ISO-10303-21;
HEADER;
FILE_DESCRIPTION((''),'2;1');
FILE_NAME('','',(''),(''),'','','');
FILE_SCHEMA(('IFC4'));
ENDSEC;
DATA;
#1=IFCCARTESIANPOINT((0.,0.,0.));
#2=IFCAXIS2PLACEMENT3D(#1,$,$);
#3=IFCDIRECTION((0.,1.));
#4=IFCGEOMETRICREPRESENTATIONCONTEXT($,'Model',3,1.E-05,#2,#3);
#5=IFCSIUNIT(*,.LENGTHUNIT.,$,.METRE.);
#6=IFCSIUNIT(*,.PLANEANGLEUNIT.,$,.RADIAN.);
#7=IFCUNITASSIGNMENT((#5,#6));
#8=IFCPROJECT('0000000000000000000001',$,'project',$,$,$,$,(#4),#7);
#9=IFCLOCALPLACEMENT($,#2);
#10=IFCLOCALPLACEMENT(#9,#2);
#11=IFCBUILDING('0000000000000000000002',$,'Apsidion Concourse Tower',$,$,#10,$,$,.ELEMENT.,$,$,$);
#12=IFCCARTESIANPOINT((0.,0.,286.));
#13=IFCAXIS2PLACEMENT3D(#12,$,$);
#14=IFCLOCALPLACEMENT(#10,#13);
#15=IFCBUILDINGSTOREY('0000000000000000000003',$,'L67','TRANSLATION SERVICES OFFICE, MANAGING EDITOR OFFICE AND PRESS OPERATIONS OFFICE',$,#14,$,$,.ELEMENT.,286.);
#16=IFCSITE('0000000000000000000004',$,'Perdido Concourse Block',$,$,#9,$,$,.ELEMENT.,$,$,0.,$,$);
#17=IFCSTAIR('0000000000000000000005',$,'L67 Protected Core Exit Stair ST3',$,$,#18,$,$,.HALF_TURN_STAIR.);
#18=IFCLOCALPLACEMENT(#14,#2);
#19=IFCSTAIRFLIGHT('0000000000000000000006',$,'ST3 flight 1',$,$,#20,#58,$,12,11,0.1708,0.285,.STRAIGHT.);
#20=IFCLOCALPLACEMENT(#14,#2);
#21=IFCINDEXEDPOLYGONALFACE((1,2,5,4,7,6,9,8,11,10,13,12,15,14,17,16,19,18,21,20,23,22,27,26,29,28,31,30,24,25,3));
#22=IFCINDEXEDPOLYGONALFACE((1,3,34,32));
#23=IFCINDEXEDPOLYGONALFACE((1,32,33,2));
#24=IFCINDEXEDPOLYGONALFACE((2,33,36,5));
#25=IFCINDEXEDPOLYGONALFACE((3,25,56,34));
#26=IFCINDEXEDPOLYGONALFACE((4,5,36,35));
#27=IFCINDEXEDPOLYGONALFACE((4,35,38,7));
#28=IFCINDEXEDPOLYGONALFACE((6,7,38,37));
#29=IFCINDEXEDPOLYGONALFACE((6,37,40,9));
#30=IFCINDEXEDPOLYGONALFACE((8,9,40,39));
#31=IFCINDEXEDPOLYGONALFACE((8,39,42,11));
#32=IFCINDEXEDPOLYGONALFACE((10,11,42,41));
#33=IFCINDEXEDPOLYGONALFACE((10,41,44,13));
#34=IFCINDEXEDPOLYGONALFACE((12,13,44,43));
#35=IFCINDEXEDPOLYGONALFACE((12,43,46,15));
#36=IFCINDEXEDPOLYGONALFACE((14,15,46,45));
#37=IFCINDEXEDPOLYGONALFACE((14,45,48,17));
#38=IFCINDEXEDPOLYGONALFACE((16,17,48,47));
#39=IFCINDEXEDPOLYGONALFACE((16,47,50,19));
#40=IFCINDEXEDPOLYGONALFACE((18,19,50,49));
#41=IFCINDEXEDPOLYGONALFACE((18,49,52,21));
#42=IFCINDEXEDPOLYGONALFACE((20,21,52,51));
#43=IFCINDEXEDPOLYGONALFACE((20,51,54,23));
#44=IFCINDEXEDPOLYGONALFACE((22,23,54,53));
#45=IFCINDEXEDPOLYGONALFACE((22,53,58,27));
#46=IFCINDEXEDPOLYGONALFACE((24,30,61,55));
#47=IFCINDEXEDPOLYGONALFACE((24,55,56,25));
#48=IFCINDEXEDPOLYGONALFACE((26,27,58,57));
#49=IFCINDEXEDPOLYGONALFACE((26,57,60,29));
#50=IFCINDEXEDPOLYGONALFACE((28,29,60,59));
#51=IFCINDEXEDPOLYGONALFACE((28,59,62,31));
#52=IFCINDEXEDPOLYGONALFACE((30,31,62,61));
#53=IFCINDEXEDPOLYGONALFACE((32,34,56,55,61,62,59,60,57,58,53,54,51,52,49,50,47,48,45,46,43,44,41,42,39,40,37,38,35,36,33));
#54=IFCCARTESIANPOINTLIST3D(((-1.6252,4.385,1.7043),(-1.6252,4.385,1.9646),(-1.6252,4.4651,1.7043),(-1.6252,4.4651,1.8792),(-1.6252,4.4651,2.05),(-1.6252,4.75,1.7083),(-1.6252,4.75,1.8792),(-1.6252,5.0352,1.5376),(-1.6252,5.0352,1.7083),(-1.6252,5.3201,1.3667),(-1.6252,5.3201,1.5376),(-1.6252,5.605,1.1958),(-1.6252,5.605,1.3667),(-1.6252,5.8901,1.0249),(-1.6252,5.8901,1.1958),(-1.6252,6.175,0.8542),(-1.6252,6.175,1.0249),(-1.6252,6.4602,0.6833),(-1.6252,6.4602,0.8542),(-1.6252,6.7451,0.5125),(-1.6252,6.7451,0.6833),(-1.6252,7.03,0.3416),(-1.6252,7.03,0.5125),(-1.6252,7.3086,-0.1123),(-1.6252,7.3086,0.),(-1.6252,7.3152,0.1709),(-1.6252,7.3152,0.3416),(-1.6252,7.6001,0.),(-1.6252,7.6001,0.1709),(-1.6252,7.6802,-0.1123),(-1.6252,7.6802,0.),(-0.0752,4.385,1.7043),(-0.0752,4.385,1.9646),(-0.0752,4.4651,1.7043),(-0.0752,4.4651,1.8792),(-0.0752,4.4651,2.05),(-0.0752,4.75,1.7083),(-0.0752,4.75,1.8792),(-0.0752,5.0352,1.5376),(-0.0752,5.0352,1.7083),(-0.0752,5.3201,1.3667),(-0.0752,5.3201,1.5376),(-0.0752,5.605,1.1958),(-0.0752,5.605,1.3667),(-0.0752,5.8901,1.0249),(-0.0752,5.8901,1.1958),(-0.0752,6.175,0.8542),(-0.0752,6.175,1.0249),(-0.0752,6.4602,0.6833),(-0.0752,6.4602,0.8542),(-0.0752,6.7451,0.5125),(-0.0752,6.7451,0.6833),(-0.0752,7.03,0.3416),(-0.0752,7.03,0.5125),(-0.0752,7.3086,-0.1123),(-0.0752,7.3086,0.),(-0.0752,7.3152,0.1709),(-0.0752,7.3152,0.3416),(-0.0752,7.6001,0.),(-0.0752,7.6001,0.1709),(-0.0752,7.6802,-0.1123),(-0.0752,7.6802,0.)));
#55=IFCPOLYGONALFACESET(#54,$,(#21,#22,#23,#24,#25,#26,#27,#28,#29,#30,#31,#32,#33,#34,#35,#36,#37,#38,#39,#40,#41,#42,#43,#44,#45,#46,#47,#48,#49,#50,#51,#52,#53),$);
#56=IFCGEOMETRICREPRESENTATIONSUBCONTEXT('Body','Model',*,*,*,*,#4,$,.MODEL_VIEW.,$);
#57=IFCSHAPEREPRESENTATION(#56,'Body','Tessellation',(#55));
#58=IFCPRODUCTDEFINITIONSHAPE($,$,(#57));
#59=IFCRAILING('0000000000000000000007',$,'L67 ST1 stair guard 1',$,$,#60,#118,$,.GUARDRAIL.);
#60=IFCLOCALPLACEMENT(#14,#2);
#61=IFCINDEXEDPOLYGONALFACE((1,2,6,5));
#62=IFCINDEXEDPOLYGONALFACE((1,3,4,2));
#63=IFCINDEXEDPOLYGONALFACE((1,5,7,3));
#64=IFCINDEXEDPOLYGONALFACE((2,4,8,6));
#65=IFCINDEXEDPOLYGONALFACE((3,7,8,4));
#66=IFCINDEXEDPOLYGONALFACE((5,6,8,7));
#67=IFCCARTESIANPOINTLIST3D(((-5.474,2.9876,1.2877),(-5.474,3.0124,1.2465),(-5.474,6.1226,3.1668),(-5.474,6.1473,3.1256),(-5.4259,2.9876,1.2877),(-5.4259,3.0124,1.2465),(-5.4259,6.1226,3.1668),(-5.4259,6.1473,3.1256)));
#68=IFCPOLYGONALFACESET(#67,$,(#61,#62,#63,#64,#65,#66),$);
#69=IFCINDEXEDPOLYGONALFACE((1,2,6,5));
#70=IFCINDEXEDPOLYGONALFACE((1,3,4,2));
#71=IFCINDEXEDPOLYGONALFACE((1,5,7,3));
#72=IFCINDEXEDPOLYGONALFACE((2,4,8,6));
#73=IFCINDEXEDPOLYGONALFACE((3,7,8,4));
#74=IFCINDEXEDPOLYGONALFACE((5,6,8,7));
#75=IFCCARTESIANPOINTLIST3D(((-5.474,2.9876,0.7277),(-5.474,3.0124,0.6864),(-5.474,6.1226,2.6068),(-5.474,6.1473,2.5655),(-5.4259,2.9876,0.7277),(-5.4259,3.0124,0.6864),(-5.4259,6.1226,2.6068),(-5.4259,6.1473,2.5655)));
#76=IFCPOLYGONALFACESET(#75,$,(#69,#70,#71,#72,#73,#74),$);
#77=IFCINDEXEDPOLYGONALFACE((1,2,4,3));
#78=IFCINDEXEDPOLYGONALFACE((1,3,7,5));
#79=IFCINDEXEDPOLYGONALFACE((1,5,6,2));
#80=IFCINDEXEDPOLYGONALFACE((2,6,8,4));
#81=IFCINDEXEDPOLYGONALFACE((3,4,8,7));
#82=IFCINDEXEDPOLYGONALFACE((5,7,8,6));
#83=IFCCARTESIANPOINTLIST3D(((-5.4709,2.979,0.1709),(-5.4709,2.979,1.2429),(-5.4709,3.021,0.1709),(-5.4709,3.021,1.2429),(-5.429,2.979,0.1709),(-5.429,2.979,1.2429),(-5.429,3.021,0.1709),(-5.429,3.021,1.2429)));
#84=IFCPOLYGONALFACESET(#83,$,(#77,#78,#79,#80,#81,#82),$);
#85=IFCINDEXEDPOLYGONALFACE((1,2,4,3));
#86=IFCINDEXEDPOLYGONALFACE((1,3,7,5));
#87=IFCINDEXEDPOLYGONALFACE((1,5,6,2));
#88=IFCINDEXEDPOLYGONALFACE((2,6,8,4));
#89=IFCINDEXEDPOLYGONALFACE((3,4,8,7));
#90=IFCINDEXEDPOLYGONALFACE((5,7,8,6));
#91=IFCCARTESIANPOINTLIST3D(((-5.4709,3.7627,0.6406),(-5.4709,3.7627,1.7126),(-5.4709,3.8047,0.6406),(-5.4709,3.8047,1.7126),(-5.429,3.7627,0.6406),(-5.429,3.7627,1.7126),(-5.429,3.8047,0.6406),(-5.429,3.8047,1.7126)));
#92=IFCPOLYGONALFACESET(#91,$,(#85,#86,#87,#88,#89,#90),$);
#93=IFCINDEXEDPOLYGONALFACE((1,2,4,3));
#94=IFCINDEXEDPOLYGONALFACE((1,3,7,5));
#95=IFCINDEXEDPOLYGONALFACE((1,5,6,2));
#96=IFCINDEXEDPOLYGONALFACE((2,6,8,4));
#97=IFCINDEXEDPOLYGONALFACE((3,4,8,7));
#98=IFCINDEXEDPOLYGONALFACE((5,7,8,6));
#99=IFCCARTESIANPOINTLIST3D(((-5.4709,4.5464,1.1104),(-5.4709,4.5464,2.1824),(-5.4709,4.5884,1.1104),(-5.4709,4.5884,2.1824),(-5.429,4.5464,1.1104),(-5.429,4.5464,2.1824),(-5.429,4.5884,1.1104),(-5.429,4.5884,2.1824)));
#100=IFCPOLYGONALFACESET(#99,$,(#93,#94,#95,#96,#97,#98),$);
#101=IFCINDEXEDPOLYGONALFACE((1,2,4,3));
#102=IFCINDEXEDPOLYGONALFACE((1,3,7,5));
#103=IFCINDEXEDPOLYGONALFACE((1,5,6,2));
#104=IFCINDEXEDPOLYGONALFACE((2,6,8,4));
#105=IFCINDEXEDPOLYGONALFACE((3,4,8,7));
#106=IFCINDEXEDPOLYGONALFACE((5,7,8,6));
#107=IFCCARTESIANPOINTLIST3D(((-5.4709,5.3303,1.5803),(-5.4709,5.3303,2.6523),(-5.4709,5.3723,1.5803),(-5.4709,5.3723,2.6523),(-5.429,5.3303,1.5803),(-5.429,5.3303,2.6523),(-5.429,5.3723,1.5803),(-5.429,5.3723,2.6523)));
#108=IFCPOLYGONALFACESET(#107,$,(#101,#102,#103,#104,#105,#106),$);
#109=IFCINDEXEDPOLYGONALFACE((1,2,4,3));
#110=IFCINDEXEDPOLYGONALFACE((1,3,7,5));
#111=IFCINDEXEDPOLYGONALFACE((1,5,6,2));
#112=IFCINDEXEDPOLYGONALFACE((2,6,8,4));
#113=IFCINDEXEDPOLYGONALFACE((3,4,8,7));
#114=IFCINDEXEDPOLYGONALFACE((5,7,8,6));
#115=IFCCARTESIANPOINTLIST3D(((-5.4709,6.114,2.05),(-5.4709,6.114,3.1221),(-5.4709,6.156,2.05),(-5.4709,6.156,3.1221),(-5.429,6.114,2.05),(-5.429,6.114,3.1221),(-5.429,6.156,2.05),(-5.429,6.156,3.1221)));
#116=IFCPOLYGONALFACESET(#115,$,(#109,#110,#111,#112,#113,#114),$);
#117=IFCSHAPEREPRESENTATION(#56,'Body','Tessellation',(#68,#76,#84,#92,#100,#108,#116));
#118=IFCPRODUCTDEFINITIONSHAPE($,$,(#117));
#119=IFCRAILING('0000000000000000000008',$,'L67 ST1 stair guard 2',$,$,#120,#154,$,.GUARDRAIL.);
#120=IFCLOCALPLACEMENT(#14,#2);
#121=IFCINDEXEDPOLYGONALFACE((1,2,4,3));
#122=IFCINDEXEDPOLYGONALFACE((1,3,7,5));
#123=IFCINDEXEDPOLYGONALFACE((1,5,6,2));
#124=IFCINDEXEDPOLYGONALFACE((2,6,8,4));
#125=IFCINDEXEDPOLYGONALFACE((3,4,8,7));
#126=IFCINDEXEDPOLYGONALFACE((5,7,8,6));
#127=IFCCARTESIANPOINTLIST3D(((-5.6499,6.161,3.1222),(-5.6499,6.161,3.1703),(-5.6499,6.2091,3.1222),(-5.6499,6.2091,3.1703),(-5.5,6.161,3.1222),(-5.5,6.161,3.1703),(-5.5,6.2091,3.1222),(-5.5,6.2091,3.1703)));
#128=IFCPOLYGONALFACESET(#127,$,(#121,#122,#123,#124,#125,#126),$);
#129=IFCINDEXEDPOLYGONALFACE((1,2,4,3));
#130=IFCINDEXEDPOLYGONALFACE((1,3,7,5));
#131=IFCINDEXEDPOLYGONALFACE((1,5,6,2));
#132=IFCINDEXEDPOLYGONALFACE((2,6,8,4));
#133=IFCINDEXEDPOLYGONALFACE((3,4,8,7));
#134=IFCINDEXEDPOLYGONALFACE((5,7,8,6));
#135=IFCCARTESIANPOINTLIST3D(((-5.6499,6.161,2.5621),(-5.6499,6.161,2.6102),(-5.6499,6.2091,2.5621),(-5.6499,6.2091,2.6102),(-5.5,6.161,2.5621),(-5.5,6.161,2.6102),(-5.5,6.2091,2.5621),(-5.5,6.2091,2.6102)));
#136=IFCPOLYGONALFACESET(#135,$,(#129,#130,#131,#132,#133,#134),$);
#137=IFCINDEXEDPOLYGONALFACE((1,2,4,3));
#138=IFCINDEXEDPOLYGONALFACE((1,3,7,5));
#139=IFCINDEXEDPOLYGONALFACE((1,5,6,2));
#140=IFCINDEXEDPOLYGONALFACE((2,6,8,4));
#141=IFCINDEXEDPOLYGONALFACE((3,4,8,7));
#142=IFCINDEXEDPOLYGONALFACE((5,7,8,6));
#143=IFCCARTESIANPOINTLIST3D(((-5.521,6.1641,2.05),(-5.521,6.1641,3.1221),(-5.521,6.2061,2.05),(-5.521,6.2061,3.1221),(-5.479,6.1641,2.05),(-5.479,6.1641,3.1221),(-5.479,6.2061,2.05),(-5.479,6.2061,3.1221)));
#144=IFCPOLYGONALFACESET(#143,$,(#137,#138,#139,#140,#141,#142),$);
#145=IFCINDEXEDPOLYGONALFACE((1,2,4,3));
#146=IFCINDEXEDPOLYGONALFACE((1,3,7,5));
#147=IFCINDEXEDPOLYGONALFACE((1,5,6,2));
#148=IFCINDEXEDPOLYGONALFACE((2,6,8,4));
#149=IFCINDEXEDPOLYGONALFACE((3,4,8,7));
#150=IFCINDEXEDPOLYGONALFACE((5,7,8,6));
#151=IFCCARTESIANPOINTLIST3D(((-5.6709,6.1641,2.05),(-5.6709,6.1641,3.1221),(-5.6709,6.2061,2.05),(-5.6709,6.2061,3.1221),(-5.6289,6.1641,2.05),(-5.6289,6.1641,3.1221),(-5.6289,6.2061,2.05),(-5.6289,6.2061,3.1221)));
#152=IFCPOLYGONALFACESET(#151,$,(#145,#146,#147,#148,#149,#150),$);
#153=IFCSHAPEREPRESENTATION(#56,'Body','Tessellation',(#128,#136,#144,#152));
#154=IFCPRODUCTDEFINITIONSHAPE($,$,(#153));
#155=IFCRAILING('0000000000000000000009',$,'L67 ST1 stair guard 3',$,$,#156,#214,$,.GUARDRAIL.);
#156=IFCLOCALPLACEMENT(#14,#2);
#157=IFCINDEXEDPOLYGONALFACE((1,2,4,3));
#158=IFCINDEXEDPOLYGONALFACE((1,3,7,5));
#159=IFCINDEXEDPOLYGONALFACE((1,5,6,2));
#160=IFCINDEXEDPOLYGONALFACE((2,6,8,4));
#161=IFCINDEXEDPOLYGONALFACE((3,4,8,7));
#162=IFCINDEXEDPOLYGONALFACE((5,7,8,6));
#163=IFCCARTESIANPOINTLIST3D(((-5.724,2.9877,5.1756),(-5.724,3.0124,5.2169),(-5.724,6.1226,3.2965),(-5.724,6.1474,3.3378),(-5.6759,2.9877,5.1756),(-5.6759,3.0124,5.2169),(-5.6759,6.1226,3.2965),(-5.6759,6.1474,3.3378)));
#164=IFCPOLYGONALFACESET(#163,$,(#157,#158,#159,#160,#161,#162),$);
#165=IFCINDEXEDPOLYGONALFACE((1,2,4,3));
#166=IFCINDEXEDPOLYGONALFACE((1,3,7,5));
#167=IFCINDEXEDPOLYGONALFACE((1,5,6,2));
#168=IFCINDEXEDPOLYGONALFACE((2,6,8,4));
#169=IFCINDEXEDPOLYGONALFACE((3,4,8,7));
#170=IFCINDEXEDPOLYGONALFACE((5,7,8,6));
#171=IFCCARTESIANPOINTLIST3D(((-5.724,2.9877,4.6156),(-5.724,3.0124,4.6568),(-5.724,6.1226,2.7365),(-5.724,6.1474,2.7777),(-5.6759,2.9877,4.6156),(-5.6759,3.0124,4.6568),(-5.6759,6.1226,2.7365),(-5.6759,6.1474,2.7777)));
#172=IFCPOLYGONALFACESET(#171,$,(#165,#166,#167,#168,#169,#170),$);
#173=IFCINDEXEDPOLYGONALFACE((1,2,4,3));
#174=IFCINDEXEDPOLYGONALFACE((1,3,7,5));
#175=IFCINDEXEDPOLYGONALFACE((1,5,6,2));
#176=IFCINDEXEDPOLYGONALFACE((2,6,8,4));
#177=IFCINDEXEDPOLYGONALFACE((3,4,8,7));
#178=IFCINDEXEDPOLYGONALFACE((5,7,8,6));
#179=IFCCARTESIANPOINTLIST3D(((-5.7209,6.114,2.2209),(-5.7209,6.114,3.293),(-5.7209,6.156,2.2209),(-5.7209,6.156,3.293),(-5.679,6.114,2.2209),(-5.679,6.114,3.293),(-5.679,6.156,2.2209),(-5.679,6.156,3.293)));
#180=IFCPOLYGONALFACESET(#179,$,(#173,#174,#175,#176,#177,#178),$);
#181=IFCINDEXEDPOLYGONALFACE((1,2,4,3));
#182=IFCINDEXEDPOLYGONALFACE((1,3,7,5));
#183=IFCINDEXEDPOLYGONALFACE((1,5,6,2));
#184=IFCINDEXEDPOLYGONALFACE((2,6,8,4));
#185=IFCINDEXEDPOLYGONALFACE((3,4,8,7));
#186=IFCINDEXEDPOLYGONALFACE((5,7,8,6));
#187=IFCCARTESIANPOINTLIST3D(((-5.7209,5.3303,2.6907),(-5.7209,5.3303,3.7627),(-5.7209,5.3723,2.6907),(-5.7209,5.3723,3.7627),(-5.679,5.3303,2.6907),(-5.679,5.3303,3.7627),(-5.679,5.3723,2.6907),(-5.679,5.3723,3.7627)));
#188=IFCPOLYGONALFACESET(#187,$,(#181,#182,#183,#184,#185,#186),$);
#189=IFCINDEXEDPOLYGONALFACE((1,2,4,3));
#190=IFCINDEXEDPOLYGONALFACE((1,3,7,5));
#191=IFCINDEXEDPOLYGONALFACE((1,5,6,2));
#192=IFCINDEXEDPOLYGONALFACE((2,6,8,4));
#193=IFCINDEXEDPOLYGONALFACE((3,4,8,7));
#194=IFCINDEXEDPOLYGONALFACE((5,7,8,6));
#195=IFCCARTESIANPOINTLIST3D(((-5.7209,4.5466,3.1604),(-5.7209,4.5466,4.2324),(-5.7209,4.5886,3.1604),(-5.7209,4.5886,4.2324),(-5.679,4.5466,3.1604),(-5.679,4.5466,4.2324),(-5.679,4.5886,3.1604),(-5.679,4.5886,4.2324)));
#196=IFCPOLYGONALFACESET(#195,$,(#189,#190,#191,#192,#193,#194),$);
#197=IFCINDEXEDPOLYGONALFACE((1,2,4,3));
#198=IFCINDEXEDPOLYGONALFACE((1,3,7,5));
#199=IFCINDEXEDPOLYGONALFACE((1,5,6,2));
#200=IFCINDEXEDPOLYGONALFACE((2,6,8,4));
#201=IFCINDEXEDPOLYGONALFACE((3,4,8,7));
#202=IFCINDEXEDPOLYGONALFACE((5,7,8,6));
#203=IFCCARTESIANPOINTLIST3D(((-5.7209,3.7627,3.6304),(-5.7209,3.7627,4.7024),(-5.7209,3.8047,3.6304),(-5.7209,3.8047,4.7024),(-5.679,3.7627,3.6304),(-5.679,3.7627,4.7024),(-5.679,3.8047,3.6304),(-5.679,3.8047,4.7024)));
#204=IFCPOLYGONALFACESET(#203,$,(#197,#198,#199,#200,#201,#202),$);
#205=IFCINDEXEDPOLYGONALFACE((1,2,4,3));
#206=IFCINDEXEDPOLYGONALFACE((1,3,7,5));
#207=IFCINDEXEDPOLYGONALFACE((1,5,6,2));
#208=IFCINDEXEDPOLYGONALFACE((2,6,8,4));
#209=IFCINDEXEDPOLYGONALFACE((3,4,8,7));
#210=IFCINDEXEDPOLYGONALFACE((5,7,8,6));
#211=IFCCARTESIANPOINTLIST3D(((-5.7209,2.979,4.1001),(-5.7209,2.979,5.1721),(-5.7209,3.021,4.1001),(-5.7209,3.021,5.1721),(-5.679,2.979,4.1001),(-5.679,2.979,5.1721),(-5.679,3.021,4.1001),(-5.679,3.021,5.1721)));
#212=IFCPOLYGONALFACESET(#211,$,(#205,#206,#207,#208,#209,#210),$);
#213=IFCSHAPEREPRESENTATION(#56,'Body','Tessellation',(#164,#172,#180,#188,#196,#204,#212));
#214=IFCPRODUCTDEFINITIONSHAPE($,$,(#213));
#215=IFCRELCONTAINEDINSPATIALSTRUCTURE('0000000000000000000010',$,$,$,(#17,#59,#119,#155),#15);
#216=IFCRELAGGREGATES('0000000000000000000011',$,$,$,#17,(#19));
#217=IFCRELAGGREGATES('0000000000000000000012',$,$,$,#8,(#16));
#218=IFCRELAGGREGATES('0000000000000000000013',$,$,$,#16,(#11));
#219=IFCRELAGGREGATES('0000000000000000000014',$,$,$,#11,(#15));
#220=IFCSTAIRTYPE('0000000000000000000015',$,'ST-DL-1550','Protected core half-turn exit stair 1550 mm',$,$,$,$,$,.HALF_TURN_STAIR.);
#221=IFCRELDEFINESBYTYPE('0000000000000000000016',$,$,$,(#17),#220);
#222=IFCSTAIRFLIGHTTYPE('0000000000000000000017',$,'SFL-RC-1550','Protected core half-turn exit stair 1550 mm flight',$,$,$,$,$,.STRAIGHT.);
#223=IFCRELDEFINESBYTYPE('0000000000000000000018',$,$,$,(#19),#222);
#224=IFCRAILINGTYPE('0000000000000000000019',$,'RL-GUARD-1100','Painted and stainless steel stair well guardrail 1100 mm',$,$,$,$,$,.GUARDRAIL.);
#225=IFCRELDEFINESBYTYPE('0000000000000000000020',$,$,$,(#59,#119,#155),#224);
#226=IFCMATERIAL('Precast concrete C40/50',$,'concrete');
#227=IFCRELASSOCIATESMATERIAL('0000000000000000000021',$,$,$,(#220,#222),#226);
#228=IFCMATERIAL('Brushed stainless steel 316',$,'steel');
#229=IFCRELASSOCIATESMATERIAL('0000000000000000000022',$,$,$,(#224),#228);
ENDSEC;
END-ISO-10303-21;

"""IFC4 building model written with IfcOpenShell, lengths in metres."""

from ifc_helpers import new_model, si_unit, direction, frame, origin, origin_2d, place, context, subcontext, project, spatial, polyline, rectangle, outline, extrude, material, type_object, element, aggregate, save


model = new_model("IFC4")

# Units and contexts
model_context = context("Model", 3, precision=1e-05, world=origin(), true_north=direction((0.0, 1.0)))
body_context = subcontext(model_context, "Body", "Model", "MODEL_VIEW")
ifc_project = project(units=[si_unit("LENGTHUNIT", "METRE"), si_unit("PLANEANGLEUNIT", "RADIAN")], contexts=[model_context])

# Site, building, storey
site_placement = place(None, origin())
site = spatial("IfcSite", under=ifc_project, at=site_placement, Name="Perdido Concourse Block", CompositionType="ELEMENT", RefElevation=0.0)
building_placement = place(site_placement, origin())
building = spatial("IfcBuilding", under=site, at=building_placement, Name="Apsidion Concourse Tower", CompositionType="ELEMENT")
storey_placement = place(building_placement, frame((0.0, 0.0, 286.0)))
storey = spatial("IfcBuildingStorey", under=building, at=storey_placement, Name="L67", Description="TRANSLATION SERVICES OFFICE, MANAGING EDITOR OFFICE AND PRESS OPERATIONS OFFICE", CompositionType="ELEMENT", Elevation=286.0)

# Shared definitions
ifc_material_1 = material(Name="Brushed stainless steel 316", Category="steel")

# Shared definitions
ifc_material_2 = material(Name="Precast concrete C40/50", Category="concrete")
stair_type = type_object("IfcStairType", Name="ST-DL-1550", Description="Protected core half-turn exit stair 1550 mm", PredefinedType="HALF_TURN_STAIR", material=ifc_material_2)
stair_flight_type = type_object("IfcStairFlightType", Name="SFL-RC-1550", Description="Protected core half-turn exit stair 1550 mm flight", PredefinedType="STRAIGHT", material=ifc_material_2)

# Stair, stair flight
stair_1_placement = place(storey_placement, origin())
stair_1 = element("IfcStair", 1, at=stair_1_placement, inside=storey, type_object=stair_type, Name="L67 Protected Core Exit Stair ST3", PredefinedType="HALF_TURN_STAIR")
stair_flight_1_placement = place(storey_placement, frame((-0.8501, 7.6001, 0.0), z_axis=(0.0, 0.0, 1.0), x_axis=(0.0, -1.0, 0.0)))
stair_flight_1 = element("IfcStairFlight", 2, at=stair_flight_1_placement, type_object=stair_flight_type, Name="ST3 flight 1", NumberOfRisers=12, NumberOfTreads=11, PredefinedType="STRAIGHT", RiserHeight=0.1708, TreadLength=0.285, context=body_context, shape_type="SweptSolid", body=[
    extrude(outline(polyline([(-0.0801, -0.1123), (-0.0801, 0.0), (0.0, 0.0), (0.0, 0.1709), (0.2849, 0.1709), (0.2849, 0.3416), (0.5701, 0.3416), (0.5701, 0.5125), (0.855, 0.5125), (0.855, 0.6833), (1.1399, 0.6833), (1.1399, 0.8542), (1.425, 0.8542), (1.425, 1.0249), (1.71, 1.0249), (1.71, 1.1958), (1.9951, 1.1958), (1.9951, 1.3667), (2.28, 1.3667), (2.28, 1.5376), (2.5649, 1.5376), (2.5649, 1.7083), (2.8501, 1.7083), (2.8501, 1.8792), (3.135, 1.8792), (3.135, 2.05), (3.2151, 1.9646), (3.2151, 1.7043), (3.135, 1.7043), (0.2915, 0.0), (0.2915, -0.1123), (-0.0801, -0.1123)])), frame((0.0, 0.7749, 0.0), z_axis=(0.0, -1.0, 0.0), x_axis=(1.0, 0.0, 0.0)), (0.0, 0.0, 1.0), 1.55),
])
aggregate(stair_1, [stair_flight_1])

# Railings
railing_type_1 = type_object("IfcRailingType", Name="RL-GUARD-1100", Description="Painted and stainless steel stair well guardrail 1100 mm", PredefinedType="GUARDRAIL", material=ifc_material_1)
railing_1_placement = place(storey_placement, frame((-5.45, 3.0, 0.1709)))
element("IfcRailing", 3, at=railing_1_placement, inside=storey, type_object=railing_type_1, Name="L67 ST1 stair guard 1", PredefinedType="GUARDRAIL", context=body_context, shape_type="SweptSolid", body=[
    extrude(rectangle(XDim=0.0481, YDim=0.0481, at=origin_2d()), frame((0.0, 0.0, 1.0962), z_axis=(0.0, 0.857717, 0.514122), x_axis=(-1.0, 0.0, 0.0)), (0.0, 0.0, 1.0), 3.655),
    extrude(rectangle(XDim=0.0481, YDim=0.0481, at=origin_2d()), frame((0.0, 0.0, 0.5361), z_axis=(0.0, 0.857717, 0.514122), x_axis=(-1.0, 0.0, 0.0)), (0.0, 0.0, 1.0), 3.655),
    extrude(rectangle(XDim=0.042, YDim=0.042, at=origin_2d()), origin(), (0.0, 0.0, 1.0), 1.072),
    extrude(rectangle(XDim=0.042, YDim=0.042, at=origin_2d()), frame((0.0, 0.7837, 0.4697)), (0.0, 0.0, 1.0), 1.072),
    extrude(rectangle(XDim=0.042, YDim=0.042, at=origin_2d()), frame((0.0, 1.5674, 0.9395)), (0.0, 0.0, 1.0), 1.072),
    extrude(rectangle(XDim=0.042, YDim=0.042, at=origin_2d()), frame((0.0, 2.3513, 1.4094)), (0.0, 0.0, 1.0), 1.072),
    extrude(rectangle(XDim=0.042, YDim=0.042, at=origin_2d()), frame((0.0, 3.135, 1.8792)), (0.0, 0.0, 1.0), 1.072),
])
railing_2_placement = place(storey_placement, frame((-5.5, 6.1851, 2.05)))
element("IfcRailing", 4, at=railing_2_placement, inside=storey, type_object=railing_type_1, Name="L67 ST1 stair guard 2", PredefinedType="GUARDRAIL", context=body_context, shape_type="SweptSolid", body=[
    extrude(rectangle(XDim=0.0481, YDim=0.0481, at=origin_2d()), frame((0.0, 0.0, 1.0962), z_axis=(-1.0, 0.0, 0.0), x_axis=(0.0, -1.0, 0.0)), (0.0, 0.0, 1.0), 0.1499),
    extrude(rectangle(XDim=0.0481, YDim=0.0481, at=origin_2d()), frame((0.0, 0.0, 0.5361), z_axis=(-1.0, 0.0, 0.0), x_axis=(0.0, -1.0, 0.0)), (0.0, 0.0, 1.0), 0.1499),
    extrude(rectangle(XDim=0.042, YDim=0.042, at=origin_2d()), origin(), (0.0, 0.0, 1.0), 1.072),
    extrude(rectangle(XDim=0.042, YDim=0.042, at=origin_2d()), frame((-0.1499, 0.0, 0.0)), (0.0, 0.0, 1.0), 1.072),
])
railing_3_placement = place(storey_placement, frame((-5.7, 6.135, 2.2209)))
element("IfcRailing", 5, at=railing_3_placement, inside=storey, type_object=railing_type_1, Name="L67 ST1 stair guard 3", PredefinedType="GUARDRAIL", context=body_context, shape_type="SweptSolid", body=[
    extrude(rectangle(XDim=0.0481, YDim=0.0481, at=origin_2d()), frame((0.0, 0.0, 1.0962), z_axis=(0.0, -0.857717, 0.514122), x_axis=(1.0, 0.0, 0.0)), (0.0, 0.0, 1.0), 3.655),
    extrude(rectangle(XDim=0.0481, YDim=0.0481, at=origin_2d()), frame((0.0, 0.0, 0.5361), z_axis=(0.0, -0.857717, 0.514122), x_axis=(1.0, 0.0, 0.0)), (0.0, 0.0, 1.0), 3.655),
    extrude(rectangle(XDim=0.042, YDim=0.042, at=origin_2d()), origin(), (0.0, 0.0, 1.0), 1.072),
    extrude(rectangle(XDim=0.042, YDim=0.042, at=origin_2d()), frame((0.0, -0.7837, 0.4697)), (0.0, 0.0, 1.0), 1.072),
    extrude(rectangle(XDim=0.042, YDim=0.042, at=origin_2d()), frame((0.0, -1.5674, 0.9395)), (0.0, 0.0, 1.0), 1.072),
    extrude(rectangle(XDim=0.042, YDim=0.042, at=origin_2d()), frame((0.0, -2.3513, 1.4094)), (0.0, 0.0, 1.0), 1.072),
    extrude(rectangle(XDim=0.042, YDim=0.042, at=origin_2d()), frame((0.0, -3.135, 1.8792)), (0.0, 0.0, 1.0), 1.072),
])

save(model, "model.ifc")
